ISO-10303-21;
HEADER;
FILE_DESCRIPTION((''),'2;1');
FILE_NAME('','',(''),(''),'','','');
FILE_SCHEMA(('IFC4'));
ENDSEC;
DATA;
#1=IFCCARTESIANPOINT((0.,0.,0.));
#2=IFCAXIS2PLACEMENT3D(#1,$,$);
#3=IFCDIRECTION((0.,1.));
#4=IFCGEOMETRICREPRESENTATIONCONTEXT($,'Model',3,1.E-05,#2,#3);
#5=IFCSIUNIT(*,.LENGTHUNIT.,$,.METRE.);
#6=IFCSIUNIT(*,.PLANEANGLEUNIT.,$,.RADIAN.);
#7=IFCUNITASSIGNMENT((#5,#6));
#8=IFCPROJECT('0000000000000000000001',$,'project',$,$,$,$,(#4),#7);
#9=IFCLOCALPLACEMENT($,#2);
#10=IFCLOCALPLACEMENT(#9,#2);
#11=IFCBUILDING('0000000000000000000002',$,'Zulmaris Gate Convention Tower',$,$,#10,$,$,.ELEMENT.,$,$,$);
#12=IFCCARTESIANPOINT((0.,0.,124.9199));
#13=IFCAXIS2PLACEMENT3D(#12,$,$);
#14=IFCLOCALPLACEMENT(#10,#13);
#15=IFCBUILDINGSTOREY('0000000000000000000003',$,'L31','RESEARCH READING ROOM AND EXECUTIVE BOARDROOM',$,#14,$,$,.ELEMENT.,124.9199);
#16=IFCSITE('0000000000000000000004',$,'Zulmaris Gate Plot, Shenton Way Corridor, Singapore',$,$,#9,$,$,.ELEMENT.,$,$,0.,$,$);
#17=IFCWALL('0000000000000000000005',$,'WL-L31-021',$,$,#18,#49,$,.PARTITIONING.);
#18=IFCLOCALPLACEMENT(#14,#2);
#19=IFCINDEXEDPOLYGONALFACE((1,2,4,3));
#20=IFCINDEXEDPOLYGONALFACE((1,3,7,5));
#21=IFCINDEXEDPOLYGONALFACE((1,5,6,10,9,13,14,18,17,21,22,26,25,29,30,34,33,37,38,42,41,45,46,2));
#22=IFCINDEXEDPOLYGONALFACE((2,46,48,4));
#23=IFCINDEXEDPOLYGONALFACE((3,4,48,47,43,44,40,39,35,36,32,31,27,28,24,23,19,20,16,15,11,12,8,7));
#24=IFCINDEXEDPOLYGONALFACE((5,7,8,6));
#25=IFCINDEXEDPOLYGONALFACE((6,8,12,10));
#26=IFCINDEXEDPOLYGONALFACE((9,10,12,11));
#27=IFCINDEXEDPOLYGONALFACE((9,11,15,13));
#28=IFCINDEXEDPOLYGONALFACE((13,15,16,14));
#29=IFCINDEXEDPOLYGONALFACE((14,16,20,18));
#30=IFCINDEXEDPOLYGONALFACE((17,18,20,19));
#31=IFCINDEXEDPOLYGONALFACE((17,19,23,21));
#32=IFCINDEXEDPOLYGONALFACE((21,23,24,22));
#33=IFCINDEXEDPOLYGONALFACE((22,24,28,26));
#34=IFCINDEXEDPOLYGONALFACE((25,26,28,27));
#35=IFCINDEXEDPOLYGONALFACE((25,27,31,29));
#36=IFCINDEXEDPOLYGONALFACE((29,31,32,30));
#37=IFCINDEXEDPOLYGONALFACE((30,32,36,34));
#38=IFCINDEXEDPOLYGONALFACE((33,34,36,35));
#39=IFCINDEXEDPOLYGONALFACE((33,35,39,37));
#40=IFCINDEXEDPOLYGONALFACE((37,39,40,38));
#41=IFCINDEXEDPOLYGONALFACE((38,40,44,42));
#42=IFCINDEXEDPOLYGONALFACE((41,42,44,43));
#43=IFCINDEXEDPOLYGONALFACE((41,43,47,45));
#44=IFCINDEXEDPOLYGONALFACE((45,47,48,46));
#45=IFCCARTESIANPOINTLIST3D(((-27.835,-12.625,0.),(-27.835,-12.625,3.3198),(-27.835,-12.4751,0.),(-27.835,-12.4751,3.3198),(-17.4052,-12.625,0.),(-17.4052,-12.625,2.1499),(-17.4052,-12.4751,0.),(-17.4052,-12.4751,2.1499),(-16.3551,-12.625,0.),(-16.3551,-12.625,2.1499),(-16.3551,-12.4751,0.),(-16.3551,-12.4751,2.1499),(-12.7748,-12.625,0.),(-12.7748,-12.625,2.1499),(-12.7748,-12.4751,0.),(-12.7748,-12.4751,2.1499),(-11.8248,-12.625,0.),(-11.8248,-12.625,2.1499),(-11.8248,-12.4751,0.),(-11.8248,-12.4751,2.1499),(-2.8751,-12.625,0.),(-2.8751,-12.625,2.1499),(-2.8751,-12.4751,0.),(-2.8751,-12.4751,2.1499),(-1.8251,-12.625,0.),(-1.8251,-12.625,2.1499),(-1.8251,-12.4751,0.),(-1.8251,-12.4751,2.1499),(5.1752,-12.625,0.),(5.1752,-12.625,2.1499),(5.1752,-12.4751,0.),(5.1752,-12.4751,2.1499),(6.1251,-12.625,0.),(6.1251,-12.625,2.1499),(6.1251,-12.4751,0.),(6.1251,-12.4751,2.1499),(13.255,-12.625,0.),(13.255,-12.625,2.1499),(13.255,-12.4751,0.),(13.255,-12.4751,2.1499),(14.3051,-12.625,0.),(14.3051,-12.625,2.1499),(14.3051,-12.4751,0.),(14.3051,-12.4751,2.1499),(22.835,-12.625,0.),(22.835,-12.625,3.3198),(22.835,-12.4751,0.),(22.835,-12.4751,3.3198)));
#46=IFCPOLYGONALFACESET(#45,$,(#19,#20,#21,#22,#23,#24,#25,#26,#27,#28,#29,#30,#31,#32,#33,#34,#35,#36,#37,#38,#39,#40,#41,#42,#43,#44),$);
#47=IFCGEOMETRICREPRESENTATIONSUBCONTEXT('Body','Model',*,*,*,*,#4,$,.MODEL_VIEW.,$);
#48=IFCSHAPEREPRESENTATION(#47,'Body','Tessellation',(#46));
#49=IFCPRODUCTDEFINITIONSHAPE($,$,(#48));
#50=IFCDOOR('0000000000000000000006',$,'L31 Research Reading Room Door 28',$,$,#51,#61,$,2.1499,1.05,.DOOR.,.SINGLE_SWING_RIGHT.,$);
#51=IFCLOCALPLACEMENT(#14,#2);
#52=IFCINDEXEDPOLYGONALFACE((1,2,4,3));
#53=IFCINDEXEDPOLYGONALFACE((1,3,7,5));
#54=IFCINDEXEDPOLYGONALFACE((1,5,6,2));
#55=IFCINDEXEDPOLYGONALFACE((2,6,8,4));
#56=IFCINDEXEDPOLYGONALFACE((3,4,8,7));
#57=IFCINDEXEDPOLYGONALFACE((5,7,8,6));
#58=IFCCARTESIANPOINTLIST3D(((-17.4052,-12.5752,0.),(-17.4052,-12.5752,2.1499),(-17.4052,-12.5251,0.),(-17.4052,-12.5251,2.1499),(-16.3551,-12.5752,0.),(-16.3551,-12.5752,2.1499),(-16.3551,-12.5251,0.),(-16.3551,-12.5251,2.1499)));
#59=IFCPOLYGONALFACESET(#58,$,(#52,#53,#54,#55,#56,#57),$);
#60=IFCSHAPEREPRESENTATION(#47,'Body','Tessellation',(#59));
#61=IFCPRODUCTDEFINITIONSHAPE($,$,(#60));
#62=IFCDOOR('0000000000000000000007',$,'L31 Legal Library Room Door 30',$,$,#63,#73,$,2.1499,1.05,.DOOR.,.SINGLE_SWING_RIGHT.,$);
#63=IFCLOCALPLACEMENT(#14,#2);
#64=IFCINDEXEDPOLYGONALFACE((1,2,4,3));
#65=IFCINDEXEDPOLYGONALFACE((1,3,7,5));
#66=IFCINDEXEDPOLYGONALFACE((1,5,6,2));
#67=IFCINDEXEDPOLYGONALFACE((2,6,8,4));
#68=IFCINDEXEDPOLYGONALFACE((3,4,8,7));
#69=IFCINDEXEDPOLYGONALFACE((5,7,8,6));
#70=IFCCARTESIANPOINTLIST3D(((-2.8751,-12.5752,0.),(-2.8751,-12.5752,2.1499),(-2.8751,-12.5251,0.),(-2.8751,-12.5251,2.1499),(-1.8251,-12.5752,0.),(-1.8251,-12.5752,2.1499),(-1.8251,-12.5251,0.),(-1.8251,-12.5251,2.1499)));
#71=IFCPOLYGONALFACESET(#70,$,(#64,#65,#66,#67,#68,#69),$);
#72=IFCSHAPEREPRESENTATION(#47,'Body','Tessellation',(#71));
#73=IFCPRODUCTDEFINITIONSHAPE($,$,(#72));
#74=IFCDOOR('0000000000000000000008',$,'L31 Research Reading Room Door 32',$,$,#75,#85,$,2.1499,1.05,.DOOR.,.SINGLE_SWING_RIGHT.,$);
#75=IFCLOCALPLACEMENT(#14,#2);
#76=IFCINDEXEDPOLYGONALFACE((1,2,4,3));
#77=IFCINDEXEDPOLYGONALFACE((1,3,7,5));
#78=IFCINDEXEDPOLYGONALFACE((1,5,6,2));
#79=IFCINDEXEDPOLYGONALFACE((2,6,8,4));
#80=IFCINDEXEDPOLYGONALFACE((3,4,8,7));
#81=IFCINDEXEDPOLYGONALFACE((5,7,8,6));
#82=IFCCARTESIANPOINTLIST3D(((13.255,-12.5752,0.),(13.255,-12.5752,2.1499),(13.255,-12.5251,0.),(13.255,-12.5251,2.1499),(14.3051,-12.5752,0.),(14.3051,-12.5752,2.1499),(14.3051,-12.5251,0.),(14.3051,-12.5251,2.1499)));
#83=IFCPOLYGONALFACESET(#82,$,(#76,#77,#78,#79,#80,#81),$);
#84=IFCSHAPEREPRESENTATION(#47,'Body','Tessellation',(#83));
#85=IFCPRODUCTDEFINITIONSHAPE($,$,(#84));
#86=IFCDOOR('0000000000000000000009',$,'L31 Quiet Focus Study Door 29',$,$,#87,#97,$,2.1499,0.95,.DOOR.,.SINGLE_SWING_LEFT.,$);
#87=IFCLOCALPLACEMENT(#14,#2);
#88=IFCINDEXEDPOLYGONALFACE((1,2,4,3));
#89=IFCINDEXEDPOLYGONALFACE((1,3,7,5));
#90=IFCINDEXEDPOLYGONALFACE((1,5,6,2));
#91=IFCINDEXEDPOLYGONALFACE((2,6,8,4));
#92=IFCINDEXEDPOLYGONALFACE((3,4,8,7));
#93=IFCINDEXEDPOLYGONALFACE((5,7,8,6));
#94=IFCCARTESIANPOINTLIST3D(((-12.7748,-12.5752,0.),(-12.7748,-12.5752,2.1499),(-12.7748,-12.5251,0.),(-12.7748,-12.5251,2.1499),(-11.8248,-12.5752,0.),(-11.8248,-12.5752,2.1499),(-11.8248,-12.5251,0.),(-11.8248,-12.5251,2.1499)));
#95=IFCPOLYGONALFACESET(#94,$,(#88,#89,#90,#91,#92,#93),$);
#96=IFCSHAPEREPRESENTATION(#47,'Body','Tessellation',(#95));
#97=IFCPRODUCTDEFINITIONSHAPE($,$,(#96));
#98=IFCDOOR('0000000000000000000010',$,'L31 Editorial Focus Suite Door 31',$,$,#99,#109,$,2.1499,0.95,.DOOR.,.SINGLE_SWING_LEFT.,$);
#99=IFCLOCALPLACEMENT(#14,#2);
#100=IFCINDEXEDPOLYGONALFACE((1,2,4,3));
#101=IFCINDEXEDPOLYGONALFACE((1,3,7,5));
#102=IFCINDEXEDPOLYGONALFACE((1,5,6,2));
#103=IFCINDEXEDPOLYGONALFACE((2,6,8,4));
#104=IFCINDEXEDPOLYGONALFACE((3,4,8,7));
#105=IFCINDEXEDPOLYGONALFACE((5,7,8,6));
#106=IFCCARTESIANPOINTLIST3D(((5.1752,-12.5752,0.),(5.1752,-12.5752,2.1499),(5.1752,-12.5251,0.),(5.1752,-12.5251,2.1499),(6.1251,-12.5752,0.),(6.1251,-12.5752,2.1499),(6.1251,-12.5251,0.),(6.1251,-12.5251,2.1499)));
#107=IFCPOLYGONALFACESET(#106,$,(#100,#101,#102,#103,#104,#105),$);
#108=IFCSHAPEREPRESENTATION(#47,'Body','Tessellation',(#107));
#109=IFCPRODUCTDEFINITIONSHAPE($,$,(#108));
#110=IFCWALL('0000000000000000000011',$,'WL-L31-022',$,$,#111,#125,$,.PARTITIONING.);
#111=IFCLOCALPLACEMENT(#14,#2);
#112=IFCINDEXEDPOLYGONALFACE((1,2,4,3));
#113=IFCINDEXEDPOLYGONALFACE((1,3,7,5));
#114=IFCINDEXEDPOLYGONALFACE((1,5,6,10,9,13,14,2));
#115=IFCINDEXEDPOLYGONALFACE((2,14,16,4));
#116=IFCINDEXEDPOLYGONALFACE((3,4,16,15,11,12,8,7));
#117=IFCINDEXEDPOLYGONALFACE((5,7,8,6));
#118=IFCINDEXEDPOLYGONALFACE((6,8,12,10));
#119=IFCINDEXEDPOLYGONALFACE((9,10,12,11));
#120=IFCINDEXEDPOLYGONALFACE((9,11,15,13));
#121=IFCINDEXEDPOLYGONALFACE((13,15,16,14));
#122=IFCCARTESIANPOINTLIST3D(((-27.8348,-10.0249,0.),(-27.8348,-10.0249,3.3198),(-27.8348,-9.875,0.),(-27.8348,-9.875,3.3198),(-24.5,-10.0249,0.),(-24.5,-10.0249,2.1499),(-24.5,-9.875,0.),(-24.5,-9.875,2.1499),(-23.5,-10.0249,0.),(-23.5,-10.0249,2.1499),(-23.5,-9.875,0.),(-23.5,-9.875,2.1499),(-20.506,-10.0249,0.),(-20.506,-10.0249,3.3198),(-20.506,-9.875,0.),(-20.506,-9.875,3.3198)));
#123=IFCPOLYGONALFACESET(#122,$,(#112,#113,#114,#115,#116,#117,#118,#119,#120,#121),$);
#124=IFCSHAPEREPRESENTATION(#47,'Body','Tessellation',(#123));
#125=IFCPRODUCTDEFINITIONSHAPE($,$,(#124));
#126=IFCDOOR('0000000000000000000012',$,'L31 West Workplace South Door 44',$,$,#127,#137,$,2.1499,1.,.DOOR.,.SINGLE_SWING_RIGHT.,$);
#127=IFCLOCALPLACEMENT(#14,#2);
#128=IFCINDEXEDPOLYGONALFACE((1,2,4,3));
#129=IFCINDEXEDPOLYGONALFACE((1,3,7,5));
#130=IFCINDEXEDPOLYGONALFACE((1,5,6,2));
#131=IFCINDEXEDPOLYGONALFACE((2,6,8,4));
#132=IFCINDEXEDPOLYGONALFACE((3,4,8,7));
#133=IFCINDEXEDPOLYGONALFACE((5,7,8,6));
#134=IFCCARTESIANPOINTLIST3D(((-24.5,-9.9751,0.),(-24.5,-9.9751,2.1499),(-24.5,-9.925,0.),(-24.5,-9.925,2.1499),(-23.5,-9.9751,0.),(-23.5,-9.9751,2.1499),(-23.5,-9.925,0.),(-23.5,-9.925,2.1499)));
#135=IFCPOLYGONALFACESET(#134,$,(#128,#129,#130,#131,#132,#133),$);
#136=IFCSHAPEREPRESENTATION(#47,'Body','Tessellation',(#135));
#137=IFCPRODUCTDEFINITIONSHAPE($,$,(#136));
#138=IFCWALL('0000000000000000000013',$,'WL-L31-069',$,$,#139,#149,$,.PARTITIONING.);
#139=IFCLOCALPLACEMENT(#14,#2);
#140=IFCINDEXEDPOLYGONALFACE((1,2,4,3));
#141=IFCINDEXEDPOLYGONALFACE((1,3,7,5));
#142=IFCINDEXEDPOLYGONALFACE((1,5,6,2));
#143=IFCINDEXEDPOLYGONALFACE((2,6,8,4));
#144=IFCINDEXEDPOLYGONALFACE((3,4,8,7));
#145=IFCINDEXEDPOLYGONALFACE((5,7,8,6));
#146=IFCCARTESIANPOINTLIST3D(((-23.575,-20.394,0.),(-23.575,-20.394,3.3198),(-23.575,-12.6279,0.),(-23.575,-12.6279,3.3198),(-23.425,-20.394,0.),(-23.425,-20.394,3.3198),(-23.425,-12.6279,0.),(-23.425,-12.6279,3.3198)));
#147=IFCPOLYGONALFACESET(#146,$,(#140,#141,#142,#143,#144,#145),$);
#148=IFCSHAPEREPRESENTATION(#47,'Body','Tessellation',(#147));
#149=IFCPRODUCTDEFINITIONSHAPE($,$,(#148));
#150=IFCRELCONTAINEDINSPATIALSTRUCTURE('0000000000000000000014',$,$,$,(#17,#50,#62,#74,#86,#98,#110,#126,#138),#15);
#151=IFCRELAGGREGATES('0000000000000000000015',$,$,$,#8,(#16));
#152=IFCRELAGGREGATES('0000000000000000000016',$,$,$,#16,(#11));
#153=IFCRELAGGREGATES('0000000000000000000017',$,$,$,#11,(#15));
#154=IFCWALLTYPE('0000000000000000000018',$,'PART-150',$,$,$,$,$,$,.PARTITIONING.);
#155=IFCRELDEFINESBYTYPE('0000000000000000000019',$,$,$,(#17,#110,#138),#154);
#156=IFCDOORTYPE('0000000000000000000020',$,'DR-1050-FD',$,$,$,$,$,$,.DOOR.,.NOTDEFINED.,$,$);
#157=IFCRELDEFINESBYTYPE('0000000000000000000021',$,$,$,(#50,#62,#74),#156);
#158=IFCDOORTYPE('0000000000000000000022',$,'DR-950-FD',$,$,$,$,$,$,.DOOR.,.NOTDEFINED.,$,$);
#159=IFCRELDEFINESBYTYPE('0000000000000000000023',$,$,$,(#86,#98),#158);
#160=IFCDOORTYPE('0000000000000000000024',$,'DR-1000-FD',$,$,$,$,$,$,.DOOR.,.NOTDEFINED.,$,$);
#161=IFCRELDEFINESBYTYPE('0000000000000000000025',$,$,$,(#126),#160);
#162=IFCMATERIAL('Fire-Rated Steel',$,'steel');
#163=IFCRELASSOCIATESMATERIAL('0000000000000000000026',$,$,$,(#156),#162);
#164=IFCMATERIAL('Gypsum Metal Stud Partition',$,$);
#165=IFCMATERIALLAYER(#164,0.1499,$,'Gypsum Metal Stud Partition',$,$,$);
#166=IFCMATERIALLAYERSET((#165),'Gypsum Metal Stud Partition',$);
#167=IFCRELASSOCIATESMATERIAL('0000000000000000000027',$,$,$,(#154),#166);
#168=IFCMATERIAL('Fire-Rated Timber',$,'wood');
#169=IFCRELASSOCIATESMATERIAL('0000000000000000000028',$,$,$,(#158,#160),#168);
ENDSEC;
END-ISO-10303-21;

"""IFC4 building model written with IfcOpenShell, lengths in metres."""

from ifc_helpers import new_model, si_unit, direction, frame, frame_2d, origin, place, context, subcontext, project, spatial, rectangle, extrude, material, layer, layer_set, type_object, element, fill, save


model = new_model("IFC4")

# Units and contexts
model_context = context("Model", 3, precision=1e-05, world=origin(), true_north=direction((0.0, 1.0)))
body_context = subcontext(model_context, "Body", "Model", "MODEL_VIEW")
ifc_project = project(units=[si_unit("LENGTHUNIT", "METRE"), si_unit("PLANEANGLEUNIT", "RADIAN")], contexts=[model_context])

# Site, building, storey
site_placement = place(None, origin())
site = spatial("IfcSite", under=ifc_project, at=site_placement, Name="Zulmaris Gate Plot, Shenton Way Corridor, Singapore", CompositionType="ELEMENT", RefElevation=0.0)
building_placement = place(site_placement, origin())
building = spatial("IfcBuilding", under=site, at=building_placement, Name="Zulmaris Gate Convention Tower", CompositionType="ELEMENT")
storey_placement = place(building_placement, frame((0.0, 0.0, 124.9199)))
storey = spatial("IfcBuildingStorey", under=building, at=storey_placement, Name="L31", Description="RESEARCH READING ROOM AND EXECUTIVE BOARDROOM", CompositionType="ELEMENT", Elevation=124.9199)

# Shared definitions
ifc_material_1 = material(Name="Fire-Rated Steel", Category="steel")
door_type_1 = type_object("IfcDoorType", Name="DR-1050-FD", OperationType="NOTDEFINED", PredefinedType="DOOR", material=ifc_material_1)

# Wall, openings, doors
ifc_material_2 = material(Name="Gypsum Metal Stud Partition")
ifc_layer_1 = layer(ifc_material_2, 0.1499, Name="Gypsum Metal Stud Partition")
ifc_layer_set_1 = layer_set([ifc_layer_1], Name="Gypsum Metal Stud Partition")
wall_type_1 = type_object("IfcWallType", Name="PART-150", PredefinedType="PARTITIONING", material=ifc_layer_set_1)
wall_1_placement = place(storey_placement, frame((-27.835, -12.55, 0.0), z_axis=(0.0, 0.0, 1.0), x_axis=(1.0, 0.0, 0.0)))
wall_1 = element("IfcWall", 1, at=wall_1_placement, inside=storey, type_object=wall_type_1, Name="WL-L31-021", PredefinedType="PARTITIONING", context=body_context, shape_type="SweptSolid", body=[
    extrude(rectangle(XDim=50.6699, YDim=0.1499, at=frame_2d((25.335, 0.0))), origin(), (0.0, 0.0, 1.0), 3.3198),
])
opening_1_placement = place(wall_1_placement, frame((10.4299, 0.0, 0.0)))
opening_1 = element("IfcOpeningElement", 2, at=opening_1_placement, cuts=wall_1, PredefinedType="OPENING", context=body_context, shape_type="SweptSolid", body=[
    extrude(rectangle(XDim=1.05, YDim=2.1499, at=frame_2d((0.5249, 1.075))), frame((0.0, 0.085, 0.0), z_axis=(0.0, -1.0, 0.0), x_axis=(1.0, 0.0, 0.0)), (0.0, 0.0, 1.0), 0.1699),
])
opening_2_placement = place(wall_1_placement, frame((15.0601, 0.0, 0.0)))
opening_2 = element("IfcOpeningElement", 3, at=opening_2_placement, cuts=wall_1, PredefinedType="OPENING", context=body_context, shape_type="SweptSolid", body=[
    extrude(rectangle(XDim=0.95, YDim=2.1499, at=frame_2d((0.4751, 1.075))), frame((0.0, 0.085, 0.0), z_axis=(0.0, -1.0, 0.0), x_axis=(1.0, 0.0, 0.0)), (0.0, 0.0, 1.0), 0.1699),
])
opening_3_placement = place(wall_1_placement, frame((24.96, 0.0, 0.0)))
opening_3 = element("IfcOpeningElement", 4, at=opening_3_placement, cuts=wall_1, PredefinedType="OPENING", context=body_context, shape_type="SweptSolid", body=[
    extrude(rectangle(XDim=1.05, YDim=2.1499, at=frame_2d((0.5249, 1.075))), frame((0.0, 0.085, 0.0), z_axis=(0.0, -1.0, 0.0), x_axis=(1.0, 0.0, 0.0)), (0.0, 0.0, 1.0), 0.1699),
])
opening_4_placement = place(wall_1_placement, frame((33.01, 0.0, 0.0)))
opening_4 = element("IfcOpeningElement", 5, at=opening_4_placement, cuts=wall_1, PredefinedType="OPENING", context=body_context, shape_type="SweptSolid", body=[
    extrude(rectangle(XDim=0.95, YDim=2.1499, at=frame_2d((0.4751, 1.075))), frame((0.0, 0.085, 0.0), z_axis=(0.0, -1.0, 0.0), x_axis=(1.0, 0.0, 0.0)), (0.0, 0.0, 1.0), 0.1699),
])
opening_5_placement = place(wall_1_placement, frame((41.0901, 0.0, 0.0)))
opening_5 = element("IfcOpeningElement", 6, at=opening_5_placement, cuts=wall_1, PredefinedType="OPENING", context=body_context, shape_type="SweptSolid", body=[
    extrude(rectangle(XDim=1.05, YDim=2.1499, at=frame_2d((0.5249, 1.075))), frame((0.0, 0.085, 0.0), z_axis=(0.0, -1.0, 0.0), x_axis=(1.0, 0.0, 0.0)), (0.0, 0.0, 1.0), 0.1699),
])
door_1_placement = place(opening_1_placement, origin())
door_1 = element("IfcDoor", 7, at=door_1_placement, inside=storey, type_object=door_type_1, Name="L31 Research Reading Room Door 28", OperationType="SINGLE_SWING_RIGHT", OverallHeight=2.1499, OverallWidth=1.05, PredefinedType="DOOR", context=body_context, shape_type="SweptSolid", body=[
    extrude(rectangle(XDim=1.05, YDim=2.1499, at=frame_2d((0.5249, 1.075))), frame((0.0, 0.0249, 0.0), z_axis=(0.0, -1.0, 0.0), x_axis=(1.0, 0.0, 0.0)), (0.0, 0.0, 1.0), 0.05),
])
fill(opening_1, door_1)
door_2_placement = place(opening_3_placement, origin())
door_2 = element("IfcDoor", 8, at=door_2_placement, inside=storey, type_object=door_type_1, Name="L31 Legal Library Room Door 30", OperationType="SINGLE_SWING_RIGHT", OverallHeight=2.1499, OverallWidth=1.05, PredefinedType="DOOR", context=body_context, shape_type="SweptSolid", body=[
    extrude(rectangle(XDim=1.05, YDim=2.1499, at=frame_2d((0.5249, 1.075))), frame((0.0, 0.0249, 0.0), z_axis=(0.0, -1.0, 0.0), x_axis=(1.0, 0.0, 0.0)), (0.0, 0.0, 1.0), 0.05),
])
fill(opening_3, door_2)
door_3_placement = place(opening_5_placement, origin())
door_3 = element("IfcDoor", 9, at=door_3_placement, inside=storey, type_object=door_type_1, Name="L31 Research Reading Room Door 32", OperationType="SINGLE_SWING_RIGHT", OverallHeight=2.1499, OverallWidth=1.05, PredefinedType="DOOR", context=body_context, shape_type="SweptSolid", body=[
    extrude(rectangle(XDim=1.05, YDim=2.1499, at=frame_2d((0.5249, 1.075))), frame((0.0, 0.0249, 0.0), z_axis=(0.0, -1.0, 0.0), x_axis=(1.0, 0.0, 0.0)), (0.0, 0.0, 1.0), 0.05),
])
fill(opening_5, door_3)
ifc_material_3 = material(Name="Fire-Rated Timber", Category="wood")
door_type_2 = type_object("IfcDoorType", Name="DR-950-FD", OperationType="NOTDEFINED", PredefinedType="DOOR", material=ifc_material_3)
door_4_placement = place(opening_2_placement, origin())
door_4 = element("IfcDoor", 10, at=door_4_placement, inside=storey, type_object=door_type_2, Name="L31 Quiet Focus Study Door 29", OperationType="SINGLE_SWING_LEFT", OverallHeight=2.1499, OverallWidth=0.95, PredefinedType="DOOR", context=body_context, shape_type="SweptSolid", body=[
    extrude(rectangle(XDim=0.95, YDim=2.1499, at=frame_2d((0.4751, 1.075))), frame((0.0, 0.0249, 0.0), z_axis=(0.0, -1.0, 0.0), x_axis=(1.0, 0.0, 0.0)), (0.0, 0.0, 1.0), 0.05),
])
fill(opening_2, door_4)
door_5_placement = place(opening_4_placement, origin())
door_5 = element("IfcDoor", 11, at=door_5_placement, inside=storey, type_object=door_type_2, Name="L31 Editorial Focus Suite Door 31", OperationType="SINGLE_SWING_LEFT", OverallHeight=2.1499, OverallWidth=0.95, PredefinedType="DOOR", context=body_context, shape_type="SweptSolid", body=[
    extrude(rectangle(XDim=0.95, YDim=2.1499, at=frame_2d((0.4751, 1.075))), frame((0.0, 0.0249, 0.0), z_axis=(0.0, -1.0, 0.0), x_axis=(1.0, 0.0, 0.0)), (0.0, 0.0, 1.0), 0.05),
])
fill(opening_4, door_5)

# Wall, opening, door
wall_2_placement = place(storey_placement, frame((-27.835, -9.95, 0.0), z_axis=(0.0, 0.0, 1.0), x_axis=(1.0, 0.0, 0.0)))
wall_2 = element("IfcWall", 12, at=wall_2_placement, inside=storey, type_object=wall_type_1, Name="WL-L31-022", PredefinedType="PARTITIONING", context=body_context, shape_type="SweptSolid", body=[
    extrude(rectangle(XDim=7.3289, YDim=0.1499, at=frame_2d((3.6646, 0.0))), origin(), (0.0, 0.0, 1.0), 3.3198),
])
opening_6_placement = place(wall_2_placement, frame((3.335, 0.0, 0.0)))
opening_6 = element("IfcOpeningElement", 13, at=opening_6_placement, cuts=wall_2, PredefinedType="OPENING", context=body_context, shape_type="SweptSolid", body=[
    extrude(rectangle(XDim=1.0, YDim=2.1499, at=frame_2d((0.5, 1.075))), frame((0.0, 0.085, 0.0), z_axis=(0.0, -1.0, 0.0), x_axis=(1.0, 0.0, 0.0)), (0.0, 0.0, 1.0), 0.1699),
])
door_type_3 = type_object("IfcDoorType", Name="DR-1000-FD", OperationType="NOTDEFINED", PredefinedType="DOOR", material=ifc_material_3)
door_6_placement = place(opening_6_placement, origin())
door_6 = element("IfcDoor", 14, at=door_6_placement, inside=storey, type_object=door_type_3, Name="L31 West Workplace South Door 44", OperationType="SINGLE_SWING_RIGHT", OverallHeight=2.1499, OverallWidth=1.0, PredefinedType="DOOR", context=body_context, shape_type="SweptSolid", body=[
    extrude(rectangle(XDim=1.0, YDim=2.1499, at=frame_2d((0.5, 1.075))), frame((0.0, 0.0249, 0.0), z_axis=(0.0, -1.0, 0.0), x_axis=(1.0, 0.0, 0.0)), (0.0, 0.0, 1.0), 0.05),
])
fill(opening_6, door_6)

# Wall
wall_3_placement = place(storey_placement, frame((-23.5, -20.394, 0.0), z_axis=(0.0, 0.0, 1.0), x_axis=(0.0, 1.0, 0.0)))
element("IfcWall", 15, at=wall_3_placement, inside=storey, type_object=wall_type_1, Name="WL-L31-069", PredefinedType="PARTITIONING", context=body_context, shape_type="SweptSolid", body=[
    extrude(rectangle(XDim=7.7661, YDim=0.1499, at=frame_2d((3.8831, 0.0))), origin(), (0.0, 0.0, 1.0), 3.3198),
])

save(model, "model.ifc")
